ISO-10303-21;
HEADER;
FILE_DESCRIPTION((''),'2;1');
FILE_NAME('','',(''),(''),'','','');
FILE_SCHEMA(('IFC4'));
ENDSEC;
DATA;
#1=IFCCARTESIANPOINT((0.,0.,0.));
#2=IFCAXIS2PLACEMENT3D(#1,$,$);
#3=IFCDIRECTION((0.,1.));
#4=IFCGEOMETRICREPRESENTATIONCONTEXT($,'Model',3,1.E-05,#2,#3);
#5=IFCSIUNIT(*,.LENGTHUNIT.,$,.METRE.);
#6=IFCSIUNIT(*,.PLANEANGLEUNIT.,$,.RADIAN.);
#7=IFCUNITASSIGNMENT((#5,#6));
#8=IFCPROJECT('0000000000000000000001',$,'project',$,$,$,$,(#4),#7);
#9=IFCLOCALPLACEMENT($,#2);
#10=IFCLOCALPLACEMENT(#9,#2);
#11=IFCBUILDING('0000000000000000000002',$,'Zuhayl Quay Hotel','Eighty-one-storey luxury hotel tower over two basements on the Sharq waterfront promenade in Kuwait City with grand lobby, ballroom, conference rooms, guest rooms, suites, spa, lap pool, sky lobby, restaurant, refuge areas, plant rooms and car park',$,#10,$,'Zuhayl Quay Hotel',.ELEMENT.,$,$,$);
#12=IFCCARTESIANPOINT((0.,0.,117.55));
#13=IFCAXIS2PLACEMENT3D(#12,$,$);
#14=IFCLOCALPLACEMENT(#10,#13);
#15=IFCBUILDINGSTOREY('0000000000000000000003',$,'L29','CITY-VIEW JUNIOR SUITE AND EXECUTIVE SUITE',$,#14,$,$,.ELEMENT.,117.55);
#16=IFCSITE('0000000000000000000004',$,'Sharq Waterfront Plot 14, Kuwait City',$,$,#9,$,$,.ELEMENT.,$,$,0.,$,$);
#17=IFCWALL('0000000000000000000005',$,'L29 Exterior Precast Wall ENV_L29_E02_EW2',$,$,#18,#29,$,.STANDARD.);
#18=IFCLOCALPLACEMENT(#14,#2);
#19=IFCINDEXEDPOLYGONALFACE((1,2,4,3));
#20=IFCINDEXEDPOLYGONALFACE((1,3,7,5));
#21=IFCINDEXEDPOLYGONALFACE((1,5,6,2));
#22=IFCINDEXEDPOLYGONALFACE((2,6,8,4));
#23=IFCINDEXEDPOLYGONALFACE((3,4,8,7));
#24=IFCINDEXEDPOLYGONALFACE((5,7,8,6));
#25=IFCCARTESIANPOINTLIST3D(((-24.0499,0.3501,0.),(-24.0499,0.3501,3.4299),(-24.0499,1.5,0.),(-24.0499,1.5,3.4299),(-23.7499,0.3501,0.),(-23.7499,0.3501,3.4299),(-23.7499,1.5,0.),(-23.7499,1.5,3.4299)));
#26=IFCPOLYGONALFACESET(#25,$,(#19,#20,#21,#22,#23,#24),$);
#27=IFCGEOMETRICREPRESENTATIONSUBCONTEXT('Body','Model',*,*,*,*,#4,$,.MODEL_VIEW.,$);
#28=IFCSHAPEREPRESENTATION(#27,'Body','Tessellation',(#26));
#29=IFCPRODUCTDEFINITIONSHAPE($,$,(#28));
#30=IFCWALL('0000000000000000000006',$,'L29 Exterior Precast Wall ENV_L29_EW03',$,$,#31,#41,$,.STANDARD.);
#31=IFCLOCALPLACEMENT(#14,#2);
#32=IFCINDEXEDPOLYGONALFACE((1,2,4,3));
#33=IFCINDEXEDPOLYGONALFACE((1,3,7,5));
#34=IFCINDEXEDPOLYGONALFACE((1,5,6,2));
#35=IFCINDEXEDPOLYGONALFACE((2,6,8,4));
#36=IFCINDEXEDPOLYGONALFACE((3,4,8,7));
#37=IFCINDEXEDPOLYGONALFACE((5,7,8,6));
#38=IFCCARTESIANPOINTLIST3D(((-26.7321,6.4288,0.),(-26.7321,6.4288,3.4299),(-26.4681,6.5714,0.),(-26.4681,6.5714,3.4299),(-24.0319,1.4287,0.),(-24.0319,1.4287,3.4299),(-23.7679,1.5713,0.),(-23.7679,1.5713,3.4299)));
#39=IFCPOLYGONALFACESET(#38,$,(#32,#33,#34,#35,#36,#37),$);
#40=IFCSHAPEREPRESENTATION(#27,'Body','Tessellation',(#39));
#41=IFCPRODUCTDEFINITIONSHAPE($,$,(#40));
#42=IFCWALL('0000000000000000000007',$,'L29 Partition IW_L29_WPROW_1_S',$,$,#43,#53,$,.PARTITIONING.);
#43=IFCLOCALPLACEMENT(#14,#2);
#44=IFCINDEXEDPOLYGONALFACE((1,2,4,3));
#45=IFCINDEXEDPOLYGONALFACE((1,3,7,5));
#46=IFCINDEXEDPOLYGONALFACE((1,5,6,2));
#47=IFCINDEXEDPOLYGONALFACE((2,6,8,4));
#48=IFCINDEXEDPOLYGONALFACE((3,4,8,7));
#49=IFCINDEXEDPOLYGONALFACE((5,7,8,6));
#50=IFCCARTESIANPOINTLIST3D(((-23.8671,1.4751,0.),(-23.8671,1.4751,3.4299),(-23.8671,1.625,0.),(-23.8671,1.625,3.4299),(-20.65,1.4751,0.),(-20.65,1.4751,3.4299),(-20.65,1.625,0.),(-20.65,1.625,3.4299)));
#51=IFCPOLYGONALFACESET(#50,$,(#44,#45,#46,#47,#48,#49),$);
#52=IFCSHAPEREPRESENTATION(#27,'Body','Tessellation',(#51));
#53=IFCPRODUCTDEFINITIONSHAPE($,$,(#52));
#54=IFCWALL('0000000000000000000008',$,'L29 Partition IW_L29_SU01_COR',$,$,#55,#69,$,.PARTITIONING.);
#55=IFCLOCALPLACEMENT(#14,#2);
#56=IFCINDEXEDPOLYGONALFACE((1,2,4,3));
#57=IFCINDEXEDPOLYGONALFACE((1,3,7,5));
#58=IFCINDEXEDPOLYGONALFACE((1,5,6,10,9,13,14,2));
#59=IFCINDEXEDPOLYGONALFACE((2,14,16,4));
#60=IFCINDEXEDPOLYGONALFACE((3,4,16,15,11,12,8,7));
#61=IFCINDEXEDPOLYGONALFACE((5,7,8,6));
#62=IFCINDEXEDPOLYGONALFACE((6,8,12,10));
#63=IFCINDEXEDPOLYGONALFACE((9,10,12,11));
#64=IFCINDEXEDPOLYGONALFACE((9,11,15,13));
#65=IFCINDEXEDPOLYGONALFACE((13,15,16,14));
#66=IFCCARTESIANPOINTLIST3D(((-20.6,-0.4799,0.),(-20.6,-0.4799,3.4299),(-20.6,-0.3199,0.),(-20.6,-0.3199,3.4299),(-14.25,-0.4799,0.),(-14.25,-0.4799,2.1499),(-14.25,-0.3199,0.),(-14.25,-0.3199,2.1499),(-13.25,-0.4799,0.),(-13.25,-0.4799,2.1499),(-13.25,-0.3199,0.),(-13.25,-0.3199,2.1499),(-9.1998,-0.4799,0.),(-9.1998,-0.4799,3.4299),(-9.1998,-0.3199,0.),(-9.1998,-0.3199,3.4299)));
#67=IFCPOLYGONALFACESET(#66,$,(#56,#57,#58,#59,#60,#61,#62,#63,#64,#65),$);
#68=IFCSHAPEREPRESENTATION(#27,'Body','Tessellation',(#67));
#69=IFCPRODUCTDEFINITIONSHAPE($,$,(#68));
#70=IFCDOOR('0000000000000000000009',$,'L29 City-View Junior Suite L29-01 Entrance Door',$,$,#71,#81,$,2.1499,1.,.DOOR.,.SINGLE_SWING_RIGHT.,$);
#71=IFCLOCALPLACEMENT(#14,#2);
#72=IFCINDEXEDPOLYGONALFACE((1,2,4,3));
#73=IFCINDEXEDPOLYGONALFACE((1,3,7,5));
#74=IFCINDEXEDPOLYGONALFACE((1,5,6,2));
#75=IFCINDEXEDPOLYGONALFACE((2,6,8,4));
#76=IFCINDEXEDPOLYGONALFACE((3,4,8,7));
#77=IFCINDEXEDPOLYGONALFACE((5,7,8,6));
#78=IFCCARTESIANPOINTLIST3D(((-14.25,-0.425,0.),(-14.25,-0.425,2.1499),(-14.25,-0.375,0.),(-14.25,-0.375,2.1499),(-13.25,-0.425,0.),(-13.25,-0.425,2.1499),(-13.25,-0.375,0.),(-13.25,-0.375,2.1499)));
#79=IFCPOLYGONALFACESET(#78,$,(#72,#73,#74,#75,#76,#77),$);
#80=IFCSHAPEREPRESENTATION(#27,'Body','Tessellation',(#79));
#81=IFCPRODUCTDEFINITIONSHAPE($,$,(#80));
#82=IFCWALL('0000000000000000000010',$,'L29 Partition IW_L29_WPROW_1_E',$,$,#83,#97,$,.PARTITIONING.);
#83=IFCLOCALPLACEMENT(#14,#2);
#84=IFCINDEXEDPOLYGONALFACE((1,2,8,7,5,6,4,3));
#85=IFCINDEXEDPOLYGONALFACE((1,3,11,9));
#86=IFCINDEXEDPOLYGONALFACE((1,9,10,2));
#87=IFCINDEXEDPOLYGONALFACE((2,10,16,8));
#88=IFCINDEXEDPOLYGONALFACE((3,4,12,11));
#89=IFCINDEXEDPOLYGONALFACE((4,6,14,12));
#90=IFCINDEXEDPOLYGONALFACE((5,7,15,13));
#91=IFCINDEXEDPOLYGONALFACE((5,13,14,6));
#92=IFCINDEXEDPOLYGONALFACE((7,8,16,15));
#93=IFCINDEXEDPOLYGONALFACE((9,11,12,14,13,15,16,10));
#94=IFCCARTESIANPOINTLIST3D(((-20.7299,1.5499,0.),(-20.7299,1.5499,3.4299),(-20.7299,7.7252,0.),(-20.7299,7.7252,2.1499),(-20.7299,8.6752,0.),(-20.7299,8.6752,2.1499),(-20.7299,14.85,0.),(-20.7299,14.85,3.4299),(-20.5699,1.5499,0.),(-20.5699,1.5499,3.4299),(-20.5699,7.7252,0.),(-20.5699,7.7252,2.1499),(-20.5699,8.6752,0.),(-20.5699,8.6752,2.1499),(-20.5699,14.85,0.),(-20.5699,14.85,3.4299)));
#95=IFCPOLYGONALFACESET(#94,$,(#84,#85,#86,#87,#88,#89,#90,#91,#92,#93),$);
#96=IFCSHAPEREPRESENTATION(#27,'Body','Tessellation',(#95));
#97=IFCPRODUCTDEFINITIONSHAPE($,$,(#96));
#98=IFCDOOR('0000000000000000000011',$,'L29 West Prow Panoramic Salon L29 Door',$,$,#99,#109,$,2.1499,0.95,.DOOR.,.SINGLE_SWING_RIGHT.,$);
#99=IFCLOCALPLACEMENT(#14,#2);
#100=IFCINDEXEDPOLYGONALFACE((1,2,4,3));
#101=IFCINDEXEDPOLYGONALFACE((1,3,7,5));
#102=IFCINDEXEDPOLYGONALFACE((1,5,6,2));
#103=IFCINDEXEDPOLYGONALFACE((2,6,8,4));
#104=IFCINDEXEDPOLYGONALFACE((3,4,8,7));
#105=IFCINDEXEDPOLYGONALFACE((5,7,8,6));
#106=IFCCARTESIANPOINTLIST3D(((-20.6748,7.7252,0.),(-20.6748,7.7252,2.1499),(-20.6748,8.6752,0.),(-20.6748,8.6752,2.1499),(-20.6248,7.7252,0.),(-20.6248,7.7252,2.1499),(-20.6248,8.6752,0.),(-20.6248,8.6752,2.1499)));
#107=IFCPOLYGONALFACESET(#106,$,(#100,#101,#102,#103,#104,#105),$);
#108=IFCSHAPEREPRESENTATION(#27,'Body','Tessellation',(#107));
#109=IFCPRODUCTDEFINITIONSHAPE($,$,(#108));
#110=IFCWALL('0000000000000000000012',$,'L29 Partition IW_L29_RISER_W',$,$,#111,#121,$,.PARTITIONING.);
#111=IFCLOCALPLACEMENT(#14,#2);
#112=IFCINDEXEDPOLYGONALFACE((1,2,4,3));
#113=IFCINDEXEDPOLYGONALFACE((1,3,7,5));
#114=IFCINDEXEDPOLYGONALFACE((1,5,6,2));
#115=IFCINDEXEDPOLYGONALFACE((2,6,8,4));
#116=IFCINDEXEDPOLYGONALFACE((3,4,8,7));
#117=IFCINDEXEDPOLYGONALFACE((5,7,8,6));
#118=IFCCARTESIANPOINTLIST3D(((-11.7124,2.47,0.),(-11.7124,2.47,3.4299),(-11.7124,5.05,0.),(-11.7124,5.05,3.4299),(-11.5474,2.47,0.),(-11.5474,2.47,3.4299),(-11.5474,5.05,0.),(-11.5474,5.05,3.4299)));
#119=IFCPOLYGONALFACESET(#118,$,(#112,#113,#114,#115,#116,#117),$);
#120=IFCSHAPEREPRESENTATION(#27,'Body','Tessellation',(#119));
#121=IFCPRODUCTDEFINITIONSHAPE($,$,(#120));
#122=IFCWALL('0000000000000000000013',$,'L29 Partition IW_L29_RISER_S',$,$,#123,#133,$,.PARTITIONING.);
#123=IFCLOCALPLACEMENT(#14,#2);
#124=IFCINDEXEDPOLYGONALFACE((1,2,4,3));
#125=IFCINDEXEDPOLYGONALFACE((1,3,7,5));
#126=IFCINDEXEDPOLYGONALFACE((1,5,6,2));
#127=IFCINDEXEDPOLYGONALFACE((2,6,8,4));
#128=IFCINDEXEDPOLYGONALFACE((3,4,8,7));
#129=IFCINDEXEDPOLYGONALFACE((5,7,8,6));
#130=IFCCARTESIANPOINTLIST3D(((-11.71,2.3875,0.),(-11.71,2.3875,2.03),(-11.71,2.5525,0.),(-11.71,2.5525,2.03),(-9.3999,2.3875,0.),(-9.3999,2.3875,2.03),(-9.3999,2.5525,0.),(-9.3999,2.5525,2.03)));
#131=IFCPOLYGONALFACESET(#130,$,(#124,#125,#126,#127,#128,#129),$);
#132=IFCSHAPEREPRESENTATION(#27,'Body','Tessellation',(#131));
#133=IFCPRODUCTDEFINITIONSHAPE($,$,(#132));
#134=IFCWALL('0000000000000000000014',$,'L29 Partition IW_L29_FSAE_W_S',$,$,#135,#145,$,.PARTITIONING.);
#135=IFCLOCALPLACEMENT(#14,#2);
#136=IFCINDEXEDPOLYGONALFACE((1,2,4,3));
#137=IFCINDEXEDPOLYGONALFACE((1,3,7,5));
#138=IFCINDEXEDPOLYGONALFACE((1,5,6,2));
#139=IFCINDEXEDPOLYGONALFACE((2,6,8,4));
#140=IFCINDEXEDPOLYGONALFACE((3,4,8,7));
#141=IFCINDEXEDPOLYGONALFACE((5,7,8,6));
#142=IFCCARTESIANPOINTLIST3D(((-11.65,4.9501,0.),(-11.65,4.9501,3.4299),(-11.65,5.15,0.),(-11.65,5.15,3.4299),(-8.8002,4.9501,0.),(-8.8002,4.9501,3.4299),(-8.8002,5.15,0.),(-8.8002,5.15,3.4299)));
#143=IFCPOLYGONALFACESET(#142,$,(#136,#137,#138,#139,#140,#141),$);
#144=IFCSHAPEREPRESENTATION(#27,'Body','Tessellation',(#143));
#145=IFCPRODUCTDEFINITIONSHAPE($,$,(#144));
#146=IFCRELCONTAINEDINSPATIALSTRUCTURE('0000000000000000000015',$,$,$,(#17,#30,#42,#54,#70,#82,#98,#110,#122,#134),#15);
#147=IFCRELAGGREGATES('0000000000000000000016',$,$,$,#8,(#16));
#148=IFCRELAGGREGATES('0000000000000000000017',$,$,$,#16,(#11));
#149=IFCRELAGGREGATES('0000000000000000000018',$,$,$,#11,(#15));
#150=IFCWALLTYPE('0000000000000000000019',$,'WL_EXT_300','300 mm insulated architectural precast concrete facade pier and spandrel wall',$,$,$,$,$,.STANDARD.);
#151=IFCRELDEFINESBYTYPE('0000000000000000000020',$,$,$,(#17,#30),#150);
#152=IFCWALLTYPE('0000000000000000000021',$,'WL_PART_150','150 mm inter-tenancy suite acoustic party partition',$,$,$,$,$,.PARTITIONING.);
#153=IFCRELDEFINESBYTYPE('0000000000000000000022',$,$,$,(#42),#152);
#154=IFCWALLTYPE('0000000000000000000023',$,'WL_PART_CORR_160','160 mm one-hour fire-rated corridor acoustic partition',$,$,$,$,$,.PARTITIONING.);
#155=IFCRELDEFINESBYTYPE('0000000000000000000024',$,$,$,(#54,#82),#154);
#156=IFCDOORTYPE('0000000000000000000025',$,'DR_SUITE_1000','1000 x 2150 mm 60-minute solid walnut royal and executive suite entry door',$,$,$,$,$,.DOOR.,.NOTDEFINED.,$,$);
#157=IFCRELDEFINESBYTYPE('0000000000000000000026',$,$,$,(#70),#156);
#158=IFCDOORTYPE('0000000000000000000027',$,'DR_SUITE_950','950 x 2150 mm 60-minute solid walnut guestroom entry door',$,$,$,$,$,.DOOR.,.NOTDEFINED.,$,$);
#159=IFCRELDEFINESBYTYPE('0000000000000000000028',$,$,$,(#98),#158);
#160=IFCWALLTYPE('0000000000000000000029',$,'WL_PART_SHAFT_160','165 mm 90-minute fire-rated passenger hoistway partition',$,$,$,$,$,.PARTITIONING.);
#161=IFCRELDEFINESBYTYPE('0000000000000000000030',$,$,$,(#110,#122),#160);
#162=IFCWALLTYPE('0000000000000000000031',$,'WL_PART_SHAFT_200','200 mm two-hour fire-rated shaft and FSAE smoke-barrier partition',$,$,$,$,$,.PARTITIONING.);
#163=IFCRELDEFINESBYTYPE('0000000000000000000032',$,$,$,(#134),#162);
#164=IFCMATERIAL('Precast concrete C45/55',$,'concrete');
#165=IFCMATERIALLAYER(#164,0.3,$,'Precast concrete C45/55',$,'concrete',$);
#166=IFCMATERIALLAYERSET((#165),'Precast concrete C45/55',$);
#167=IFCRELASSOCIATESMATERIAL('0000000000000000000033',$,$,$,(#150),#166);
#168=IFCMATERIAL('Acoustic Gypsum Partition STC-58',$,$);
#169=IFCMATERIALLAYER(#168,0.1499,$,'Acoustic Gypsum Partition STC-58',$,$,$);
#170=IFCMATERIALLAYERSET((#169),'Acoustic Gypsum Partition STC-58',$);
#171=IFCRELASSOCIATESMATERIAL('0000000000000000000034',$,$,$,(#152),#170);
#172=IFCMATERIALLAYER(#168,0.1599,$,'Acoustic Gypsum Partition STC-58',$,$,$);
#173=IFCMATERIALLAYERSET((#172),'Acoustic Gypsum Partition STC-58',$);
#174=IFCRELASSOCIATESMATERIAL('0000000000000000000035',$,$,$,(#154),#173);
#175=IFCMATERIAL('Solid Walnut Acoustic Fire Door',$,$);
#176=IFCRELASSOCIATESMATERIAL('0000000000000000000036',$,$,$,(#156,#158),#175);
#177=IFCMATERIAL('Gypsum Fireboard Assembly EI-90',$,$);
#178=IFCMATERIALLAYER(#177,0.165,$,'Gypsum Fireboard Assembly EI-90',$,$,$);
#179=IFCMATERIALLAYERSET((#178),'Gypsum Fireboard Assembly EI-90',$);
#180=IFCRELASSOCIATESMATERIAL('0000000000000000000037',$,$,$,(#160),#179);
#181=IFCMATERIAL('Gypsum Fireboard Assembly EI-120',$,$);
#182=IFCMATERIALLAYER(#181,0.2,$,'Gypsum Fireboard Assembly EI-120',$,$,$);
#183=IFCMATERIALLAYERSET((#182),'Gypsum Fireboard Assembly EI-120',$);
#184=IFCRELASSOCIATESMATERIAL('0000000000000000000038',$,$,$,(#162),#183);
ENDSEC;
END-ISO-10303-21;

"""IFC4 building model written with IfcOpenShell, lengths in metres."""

from ifc_helpers import new_model, si_unit, direction, frame, frame_2d, origin, place, context, subcontext, project, spatial, rectangle, extrude, material, layer, layer_set, type_object, element, fill, save


model = new_model("IFC4")

# Units and contexts
model_context = context("Model", 3, precision=1e-05, world=origin(), true_north=direction((0.0, 1.0)))
body_context = subcontext(model_context, "Body", "Model", "MODEL_VIEW")
ifc_project = project(units=[si_unit("LENGTHUNIT", "METRE"), si_unit("PLANEANGLEUNIT", "RADIAN")], contexts=[model_context])

# Site, building, storey
site_placement = place(None, origin())
site = spatial("IfcSite", under=ifc_project, at=site_placement, Name="Sharq Waterfront Plot 14, Kuwait City", CompositionType="ELEMENT", RefElevation=0.0)
building_placement = place(site_placement, origin())
building = spatial("IfcBuilding", under=site, at=building_placement, Name="Zuhayl Quay Hotel", Description="Eighty-one-storey luxury hotel tower over two basements on the Sharq waterfront promenade in Kuwait City with grand lobby, ballroom, conference rooms, guest rooms, suites, spa, lap pool, sky lobby, restaurant, refuge areas, plant rooms and car park", LongName="Zuhayl Quay Hotel", CompositionType="ELEMENT")
storey_placement = place(building_placement, frame((0.0, 0.0, 117.55)))
storey = spatial("IfcBuildingStorey", under=building, at=storey_placement, Name="L29", Description="CITY-VIEW JUNIOR SUITE AND EXECUTIVE SUITE", CompositionType="ELEMENT", Elevation=117.55)

# Walls
ifc_material_1 = material(Name="Precast concrete C45/55", Category="concrete")
ifc_layer_1 = layer(ifc_material_1, 0.3, Name="Precast concrete C45/55", Category="concrete")
ifc_layer_set_1 = layer_set([ifc_layer_1], Name="Precast concrete C45/55")
wall_type_1 = type_object("IfcWallType", Name="WL_EXT_300", Description="300 mm insulated architectural precast concrete facade pier and spandrel wall", PredefinedType="STANDARD", material=ifc_layer_set_1)
wall_1_placement = place(storey_placement, frame((-23.8999, 0.3501, 0.0), z_axis=(0.0, 0.0, 1.0), x_axis=(0.0, 1.0, 0.0)))
element("IfcWall", 1, at=wall_1_placement, inside=storey, type_object=wall_type_1, Name="L29 Exterior Precast Wall ENV_L29_E02_EW2", PredefinedType="STANDARD", context=body_context, shape_type="SweptSolid", body=[
    extrude(rectangle(XDim=1.1499, YDim=0.3, at=frame_2d((0.575, 0.0))), origin(), (0.0, 0.0, 1.0), 3.4299),
])
wall_2_placement = place(storey_placement, frame((-23.8999, 1.5, 0.0), z_axis=(0.0, 0.0, 1.0), x_axis=(-0.475176, 0.879891, 0.0)))
element("IfcWall", 2, at=wall_2_placement, inside=storey, type_object=wall_type_1, Name="L29 Exterior Precast Wall ENV_L29_EW03", PredefinedType="STANDARD", context=body_context, shape_type="SweptSolid", body=[
    extrude(rectangle(XDim=5.6826, YDim=0.3, at=frame_2d((2.8413, 0.0))), origin(), (0.0, 0.0, 1.0), 3.4299),
])
ifc_material_2 = material(Name="Acoustic Gypsum Partition STC-58")
ifc_layer_2 = layer(ifc_material_2, 0.1499, Name="Acoustic Gypsum Partition STC-58")
ifc_layer_set_2 = layer_set([ifc_layer_2], Name="Acoustic Gypsum Partition STC-58")
wall_type_2 = type_object("IfcWallType", Name="WL_PART_150", Description="150 mm inter-tenancy suite acoustic party partition", PredefinedType="PARTITIONING", material=ifc_layer_set_2)
wall_3_placement = place(storey_placement, frame((-23.8669, 1.55, 0.0), z_axis=(0.0, 0.0, 1.0), x_axis=(1.0, 0.0, 0.0)))
element("IfcWall", 3, at=wall_3_placement, inside=storey, type_object=wall_type_2, Name="L29 Partition IW_L29_WPROW_1_S", PredefinedType="PARTITIONING", context=body_context, shape_type="SweptSolid", body=[
    extrude(rectangle(XDim=3.217, YDim=0.1499, at=frame_2d((1.6084, 0.0))), origin(), (0.0, 0.0, 1.0), 3.4299),
])

# Walls, openings, doors
ifc_layer_3 = layer(ifc_material_2, 0.1599, Name="Acoustic Gypsum Partition STC-58")
ifc_layer_set_3 = layer_set([ifc_layer_3], Name="Acoustic Gypsum Partition STC-58")
wall_type_3 = type_object("IfcWallType", Name="WL_PART_CORR_160", Description="160 mm one-hour fire-rated corridor acoustic partition", PredefinedType="PARTITIONING", material=ifc_layer_set_3)
wall_4_placement = place(storey_placement, frame((-20.6001, -0.3999, 0.0), z_axis=(0.0, 0.0, 1.0), x_axis=(1.0, 0.0, 0.0)))
wall_4 = element("IfcWall", 4, at=wall_4_placement, inside=storey, type_object=wall_type_3, Name="L29 Partition IW_L29_SU01_COR", PredefinedType="PARTITIONING", context=body_context, shape_type="SweptSolid", body=[
    extrude(rectangle(XDim=11.4001, YDim=0.1599, at=frame_2d((5.7002, 0.0))), origin(), (0.0, 0.0, 1.0), 3.4299),
])
opening_1_placement = place(wall_4_placement, frame((6.3501, 0.0, 0.0)))
opening_1 = element("IfcOpeningElement", 5, at=opening_1_placement, cuts=wall_4, PredefinedType="OPENING", context=body_context, shape_type="SweptSolid", body=[
    extrude(rectangle(XDim=1.0, YDim=2.1499, at=frame_2d((0.5, 1.075))), frame((0.0, 0.0898, 0.0), z_axis=(0.0, -1.0, 0.0), x_axis=(1.0, 0.0, 0.0)), (0.0, 0.0, 1.0), 0.1799),
])
ifc_material_3 = material(Name="Solid Walnut Acoustic Fire Door")
door_type_1 = type_object("IfcDoorType", Name="DR_SUITE_1000", Description="1000 x 2150 mm 60-minute solid walnut royal and executive suite entry door", OperationType="NOTDEFINED", PredefinedType="DOOR", material=ifc_material_3)
door_1_placement = place(opening_1_placement, origin())
door_1 = element("IfcDoor", 6, at=door_1_placement, inside=storey, type_object=door_type_1, Name="L29 City-View Junior Suite L29-01 Entrance Door", OperationType="SINGLE_SWING_RIGHT", OverallHeight=2.1499, OverallWidth=1.0, PredefinedType="DOOR", context=body_context, shape_type="SweptSolid", body=[
    extrude(rectangle(XDim=1.0, YDim=2.1499, at=frame_2d((0.5, 1.075))), frame((0.0, 0.0249, 0.0), z_axis=(0.0, -1.0, 0.0), x_axis=(1.0, 0.0, 0.0)), (0.0, 0.0, 1.0), 0.05),
])
fill(opening_1, door_1)
wall_5_placement = place(storey_placement, frame((-20.6499, 1.55, 0.0), z_axis=(0.0, 0.0, 1.0), x_axis=(0.0, 1.0, 0.0)))
wall_5 = element("IfcWall", 7, at=wall_5_placement, inside=storey, type_object=wall_type_3, Name="L29 Partition IW_L29_WPROW_1_E", PredefinedType="PARTITIONING", context=body_context, shape_type="SweptSolid", body=[
    extrude(rectangle(XDim=13.3, YDim=0.1599, at=frame_2d((6.6499, 0.0))), origin(), (0.0, 0.0, 1.0), 3.4299),
])
opening_2_placement = place(wall_5_placement, frame((6.175, 0.0, 0.0)))
opening_2 = element("IfcOpeningElement", 8, at=opening_2_placement, cuts=wall_5, PredefinedType="OPENING", context=body_context, shape_type="SweptSolid", body=[
    extrude(rectangle(XDim=0.95, YDim=2.1499, at=frame_2d((0.4751, 1.075))), frame((0.0, 0.0898, 0.0), z_axis=(0.0, -1.0, 0.0), x_axis=(1.0, 0.0, 0.0)), (0.0, 0.0, 1.0), 0.1799),
])
door_type_2 = type_object("IfcDoorType", Name="DR_SUITE_950", Description="950 x 2150 mm 60-minute solid walnut guestroom entry door", OperationType="NOTDEFINED", PredefinedType="DOOR", material=ifc_material_3)
door_2_placement = place(opening_2_placement, origin())
door_2 = element("IfcDoor", 9, at=door_2_placement, inside=storey, type_object=door_type_2, Name="L29 West Prow Panoramic Salon L29 Door", OperationType="SINGLE_SWING_RIGHT", OverallHeight=2.1499, OverallWidth=0.95, PredefinedType="DOOR", context=body_context, shape_type="SweptSolid", body=[
    extrude(rectangle(XDim=0.95, YDim=2.1499, at=frame_2d((0.4751, 1.075))), frame((0.0, 0.0249, 0.0), z_axis=(0.0, -1.0, 0.0), x_axis=(1.0, 0.0, 0.0)), (0.0, 0.0, 1.0), 0.05),
])
fill(opening_2, door_2)

# Walls
ifc_material_4 = material(Name="Gypsum Fireboard Assembly EI-90")
ifc_layer_4 = layer(ifc_material_4, 0.165, Name="Gypsum Fireboard Assembly EI-90")
ifc_layer_set_4 = layer_set([ifc_layer_4], Name="Gypsum Fireboard Assembly EI-90")
wall_type_4 = type_object("IfcWallType", Name="WL_PART_SHAFT_160", Description="165 mm 90-minute fire-rated passenger hoistway partition", PredefinedType="PARTITIONING", material=ifc_layer_set_4)
wall_6_placement = place(storey_placement, frame((-11.6299, 2.47, 0.0), z_axis=(0.0, 0.0, 1.0), x_axis=(0.0, 1.0, 0.0)))
element("IfcWall", 10, at=wall_6_placement, inside=storey, type_object=wall_type_4, Name="L29 Partition IW_L29_RISER_W", PredefinedType="PARTITIONING", context=body_context, shape_type="SweptSolid", body=[
    extrude(rectangle(XDim=2.5801, YDim=0.165, at=frame_2d((1.29, 0.0))), origin(), (0.0, 0.0, 1.0), 3.4299),
])
wall_7_placement = place(storey_placement, frame((-11.71, 2.47, 0.0), z_axis=(0.0, 0.0, 1.0), x_axis=(1.0, 0.0, 0.0)))
element("IfcWall", 11, at=wall_7_placement, inside=storey, type_object=wall_type_4, Name="L29 Partition IW_L29_RISER_S", PredefinedType="PARTITIONING", context=body_context, shape_type="SweptSolid", body=[
    extrude(rectangle(XDim=2.3101, YDim=0.165, at=frame_2d((1.155, 0.0))), origin(), (0.0, 0.0, 1.0), 2.03),
])
ifc_material_5 = material(Name="Gypsum Fireboard Assembly EI-120")
ifc_layer_5 = layer(ifc_material_5, 0.2, Name="Gypsum Fireboard Assembly EI-120")
ifc_layer_set_5 = layer_set([ifc_layer_5], Name="Gypsum Fireboard Assembly EI-120")
wall_type_5 = type_object("IfcWallType", Name="WL_PART_SHAFT_200", Description="200 mm two-hour fire-rated shaft and FSAE smoke-barrier partition", PredefinedType="PARTITIONING", material=ifc_layer_set_5)
wall_8_placement = place(storey_placement, frame((-11.6499, 5.05, 0.0), z_axis=(0.0, 0.0, 1.0), x_axis=(1.0, 0.0, 0.0)))
element("IfcWall", 12, at=wall_8_placement, inside=storey, type_object=wall_type_5, Name="L29 Partition IW_L29_FSAE_W_S", PredefinedType="PARTITIONING", context=body_context, shape_type="SweptSolid", body=[
    extrude(rectangle(XDim=2.8499, YDim=0.2, at=frame_2d((1.4248, 0.0))), origin(), (0.0, 0.0, 1.0), 3.4299),
])

save(model, "model.ifc")
